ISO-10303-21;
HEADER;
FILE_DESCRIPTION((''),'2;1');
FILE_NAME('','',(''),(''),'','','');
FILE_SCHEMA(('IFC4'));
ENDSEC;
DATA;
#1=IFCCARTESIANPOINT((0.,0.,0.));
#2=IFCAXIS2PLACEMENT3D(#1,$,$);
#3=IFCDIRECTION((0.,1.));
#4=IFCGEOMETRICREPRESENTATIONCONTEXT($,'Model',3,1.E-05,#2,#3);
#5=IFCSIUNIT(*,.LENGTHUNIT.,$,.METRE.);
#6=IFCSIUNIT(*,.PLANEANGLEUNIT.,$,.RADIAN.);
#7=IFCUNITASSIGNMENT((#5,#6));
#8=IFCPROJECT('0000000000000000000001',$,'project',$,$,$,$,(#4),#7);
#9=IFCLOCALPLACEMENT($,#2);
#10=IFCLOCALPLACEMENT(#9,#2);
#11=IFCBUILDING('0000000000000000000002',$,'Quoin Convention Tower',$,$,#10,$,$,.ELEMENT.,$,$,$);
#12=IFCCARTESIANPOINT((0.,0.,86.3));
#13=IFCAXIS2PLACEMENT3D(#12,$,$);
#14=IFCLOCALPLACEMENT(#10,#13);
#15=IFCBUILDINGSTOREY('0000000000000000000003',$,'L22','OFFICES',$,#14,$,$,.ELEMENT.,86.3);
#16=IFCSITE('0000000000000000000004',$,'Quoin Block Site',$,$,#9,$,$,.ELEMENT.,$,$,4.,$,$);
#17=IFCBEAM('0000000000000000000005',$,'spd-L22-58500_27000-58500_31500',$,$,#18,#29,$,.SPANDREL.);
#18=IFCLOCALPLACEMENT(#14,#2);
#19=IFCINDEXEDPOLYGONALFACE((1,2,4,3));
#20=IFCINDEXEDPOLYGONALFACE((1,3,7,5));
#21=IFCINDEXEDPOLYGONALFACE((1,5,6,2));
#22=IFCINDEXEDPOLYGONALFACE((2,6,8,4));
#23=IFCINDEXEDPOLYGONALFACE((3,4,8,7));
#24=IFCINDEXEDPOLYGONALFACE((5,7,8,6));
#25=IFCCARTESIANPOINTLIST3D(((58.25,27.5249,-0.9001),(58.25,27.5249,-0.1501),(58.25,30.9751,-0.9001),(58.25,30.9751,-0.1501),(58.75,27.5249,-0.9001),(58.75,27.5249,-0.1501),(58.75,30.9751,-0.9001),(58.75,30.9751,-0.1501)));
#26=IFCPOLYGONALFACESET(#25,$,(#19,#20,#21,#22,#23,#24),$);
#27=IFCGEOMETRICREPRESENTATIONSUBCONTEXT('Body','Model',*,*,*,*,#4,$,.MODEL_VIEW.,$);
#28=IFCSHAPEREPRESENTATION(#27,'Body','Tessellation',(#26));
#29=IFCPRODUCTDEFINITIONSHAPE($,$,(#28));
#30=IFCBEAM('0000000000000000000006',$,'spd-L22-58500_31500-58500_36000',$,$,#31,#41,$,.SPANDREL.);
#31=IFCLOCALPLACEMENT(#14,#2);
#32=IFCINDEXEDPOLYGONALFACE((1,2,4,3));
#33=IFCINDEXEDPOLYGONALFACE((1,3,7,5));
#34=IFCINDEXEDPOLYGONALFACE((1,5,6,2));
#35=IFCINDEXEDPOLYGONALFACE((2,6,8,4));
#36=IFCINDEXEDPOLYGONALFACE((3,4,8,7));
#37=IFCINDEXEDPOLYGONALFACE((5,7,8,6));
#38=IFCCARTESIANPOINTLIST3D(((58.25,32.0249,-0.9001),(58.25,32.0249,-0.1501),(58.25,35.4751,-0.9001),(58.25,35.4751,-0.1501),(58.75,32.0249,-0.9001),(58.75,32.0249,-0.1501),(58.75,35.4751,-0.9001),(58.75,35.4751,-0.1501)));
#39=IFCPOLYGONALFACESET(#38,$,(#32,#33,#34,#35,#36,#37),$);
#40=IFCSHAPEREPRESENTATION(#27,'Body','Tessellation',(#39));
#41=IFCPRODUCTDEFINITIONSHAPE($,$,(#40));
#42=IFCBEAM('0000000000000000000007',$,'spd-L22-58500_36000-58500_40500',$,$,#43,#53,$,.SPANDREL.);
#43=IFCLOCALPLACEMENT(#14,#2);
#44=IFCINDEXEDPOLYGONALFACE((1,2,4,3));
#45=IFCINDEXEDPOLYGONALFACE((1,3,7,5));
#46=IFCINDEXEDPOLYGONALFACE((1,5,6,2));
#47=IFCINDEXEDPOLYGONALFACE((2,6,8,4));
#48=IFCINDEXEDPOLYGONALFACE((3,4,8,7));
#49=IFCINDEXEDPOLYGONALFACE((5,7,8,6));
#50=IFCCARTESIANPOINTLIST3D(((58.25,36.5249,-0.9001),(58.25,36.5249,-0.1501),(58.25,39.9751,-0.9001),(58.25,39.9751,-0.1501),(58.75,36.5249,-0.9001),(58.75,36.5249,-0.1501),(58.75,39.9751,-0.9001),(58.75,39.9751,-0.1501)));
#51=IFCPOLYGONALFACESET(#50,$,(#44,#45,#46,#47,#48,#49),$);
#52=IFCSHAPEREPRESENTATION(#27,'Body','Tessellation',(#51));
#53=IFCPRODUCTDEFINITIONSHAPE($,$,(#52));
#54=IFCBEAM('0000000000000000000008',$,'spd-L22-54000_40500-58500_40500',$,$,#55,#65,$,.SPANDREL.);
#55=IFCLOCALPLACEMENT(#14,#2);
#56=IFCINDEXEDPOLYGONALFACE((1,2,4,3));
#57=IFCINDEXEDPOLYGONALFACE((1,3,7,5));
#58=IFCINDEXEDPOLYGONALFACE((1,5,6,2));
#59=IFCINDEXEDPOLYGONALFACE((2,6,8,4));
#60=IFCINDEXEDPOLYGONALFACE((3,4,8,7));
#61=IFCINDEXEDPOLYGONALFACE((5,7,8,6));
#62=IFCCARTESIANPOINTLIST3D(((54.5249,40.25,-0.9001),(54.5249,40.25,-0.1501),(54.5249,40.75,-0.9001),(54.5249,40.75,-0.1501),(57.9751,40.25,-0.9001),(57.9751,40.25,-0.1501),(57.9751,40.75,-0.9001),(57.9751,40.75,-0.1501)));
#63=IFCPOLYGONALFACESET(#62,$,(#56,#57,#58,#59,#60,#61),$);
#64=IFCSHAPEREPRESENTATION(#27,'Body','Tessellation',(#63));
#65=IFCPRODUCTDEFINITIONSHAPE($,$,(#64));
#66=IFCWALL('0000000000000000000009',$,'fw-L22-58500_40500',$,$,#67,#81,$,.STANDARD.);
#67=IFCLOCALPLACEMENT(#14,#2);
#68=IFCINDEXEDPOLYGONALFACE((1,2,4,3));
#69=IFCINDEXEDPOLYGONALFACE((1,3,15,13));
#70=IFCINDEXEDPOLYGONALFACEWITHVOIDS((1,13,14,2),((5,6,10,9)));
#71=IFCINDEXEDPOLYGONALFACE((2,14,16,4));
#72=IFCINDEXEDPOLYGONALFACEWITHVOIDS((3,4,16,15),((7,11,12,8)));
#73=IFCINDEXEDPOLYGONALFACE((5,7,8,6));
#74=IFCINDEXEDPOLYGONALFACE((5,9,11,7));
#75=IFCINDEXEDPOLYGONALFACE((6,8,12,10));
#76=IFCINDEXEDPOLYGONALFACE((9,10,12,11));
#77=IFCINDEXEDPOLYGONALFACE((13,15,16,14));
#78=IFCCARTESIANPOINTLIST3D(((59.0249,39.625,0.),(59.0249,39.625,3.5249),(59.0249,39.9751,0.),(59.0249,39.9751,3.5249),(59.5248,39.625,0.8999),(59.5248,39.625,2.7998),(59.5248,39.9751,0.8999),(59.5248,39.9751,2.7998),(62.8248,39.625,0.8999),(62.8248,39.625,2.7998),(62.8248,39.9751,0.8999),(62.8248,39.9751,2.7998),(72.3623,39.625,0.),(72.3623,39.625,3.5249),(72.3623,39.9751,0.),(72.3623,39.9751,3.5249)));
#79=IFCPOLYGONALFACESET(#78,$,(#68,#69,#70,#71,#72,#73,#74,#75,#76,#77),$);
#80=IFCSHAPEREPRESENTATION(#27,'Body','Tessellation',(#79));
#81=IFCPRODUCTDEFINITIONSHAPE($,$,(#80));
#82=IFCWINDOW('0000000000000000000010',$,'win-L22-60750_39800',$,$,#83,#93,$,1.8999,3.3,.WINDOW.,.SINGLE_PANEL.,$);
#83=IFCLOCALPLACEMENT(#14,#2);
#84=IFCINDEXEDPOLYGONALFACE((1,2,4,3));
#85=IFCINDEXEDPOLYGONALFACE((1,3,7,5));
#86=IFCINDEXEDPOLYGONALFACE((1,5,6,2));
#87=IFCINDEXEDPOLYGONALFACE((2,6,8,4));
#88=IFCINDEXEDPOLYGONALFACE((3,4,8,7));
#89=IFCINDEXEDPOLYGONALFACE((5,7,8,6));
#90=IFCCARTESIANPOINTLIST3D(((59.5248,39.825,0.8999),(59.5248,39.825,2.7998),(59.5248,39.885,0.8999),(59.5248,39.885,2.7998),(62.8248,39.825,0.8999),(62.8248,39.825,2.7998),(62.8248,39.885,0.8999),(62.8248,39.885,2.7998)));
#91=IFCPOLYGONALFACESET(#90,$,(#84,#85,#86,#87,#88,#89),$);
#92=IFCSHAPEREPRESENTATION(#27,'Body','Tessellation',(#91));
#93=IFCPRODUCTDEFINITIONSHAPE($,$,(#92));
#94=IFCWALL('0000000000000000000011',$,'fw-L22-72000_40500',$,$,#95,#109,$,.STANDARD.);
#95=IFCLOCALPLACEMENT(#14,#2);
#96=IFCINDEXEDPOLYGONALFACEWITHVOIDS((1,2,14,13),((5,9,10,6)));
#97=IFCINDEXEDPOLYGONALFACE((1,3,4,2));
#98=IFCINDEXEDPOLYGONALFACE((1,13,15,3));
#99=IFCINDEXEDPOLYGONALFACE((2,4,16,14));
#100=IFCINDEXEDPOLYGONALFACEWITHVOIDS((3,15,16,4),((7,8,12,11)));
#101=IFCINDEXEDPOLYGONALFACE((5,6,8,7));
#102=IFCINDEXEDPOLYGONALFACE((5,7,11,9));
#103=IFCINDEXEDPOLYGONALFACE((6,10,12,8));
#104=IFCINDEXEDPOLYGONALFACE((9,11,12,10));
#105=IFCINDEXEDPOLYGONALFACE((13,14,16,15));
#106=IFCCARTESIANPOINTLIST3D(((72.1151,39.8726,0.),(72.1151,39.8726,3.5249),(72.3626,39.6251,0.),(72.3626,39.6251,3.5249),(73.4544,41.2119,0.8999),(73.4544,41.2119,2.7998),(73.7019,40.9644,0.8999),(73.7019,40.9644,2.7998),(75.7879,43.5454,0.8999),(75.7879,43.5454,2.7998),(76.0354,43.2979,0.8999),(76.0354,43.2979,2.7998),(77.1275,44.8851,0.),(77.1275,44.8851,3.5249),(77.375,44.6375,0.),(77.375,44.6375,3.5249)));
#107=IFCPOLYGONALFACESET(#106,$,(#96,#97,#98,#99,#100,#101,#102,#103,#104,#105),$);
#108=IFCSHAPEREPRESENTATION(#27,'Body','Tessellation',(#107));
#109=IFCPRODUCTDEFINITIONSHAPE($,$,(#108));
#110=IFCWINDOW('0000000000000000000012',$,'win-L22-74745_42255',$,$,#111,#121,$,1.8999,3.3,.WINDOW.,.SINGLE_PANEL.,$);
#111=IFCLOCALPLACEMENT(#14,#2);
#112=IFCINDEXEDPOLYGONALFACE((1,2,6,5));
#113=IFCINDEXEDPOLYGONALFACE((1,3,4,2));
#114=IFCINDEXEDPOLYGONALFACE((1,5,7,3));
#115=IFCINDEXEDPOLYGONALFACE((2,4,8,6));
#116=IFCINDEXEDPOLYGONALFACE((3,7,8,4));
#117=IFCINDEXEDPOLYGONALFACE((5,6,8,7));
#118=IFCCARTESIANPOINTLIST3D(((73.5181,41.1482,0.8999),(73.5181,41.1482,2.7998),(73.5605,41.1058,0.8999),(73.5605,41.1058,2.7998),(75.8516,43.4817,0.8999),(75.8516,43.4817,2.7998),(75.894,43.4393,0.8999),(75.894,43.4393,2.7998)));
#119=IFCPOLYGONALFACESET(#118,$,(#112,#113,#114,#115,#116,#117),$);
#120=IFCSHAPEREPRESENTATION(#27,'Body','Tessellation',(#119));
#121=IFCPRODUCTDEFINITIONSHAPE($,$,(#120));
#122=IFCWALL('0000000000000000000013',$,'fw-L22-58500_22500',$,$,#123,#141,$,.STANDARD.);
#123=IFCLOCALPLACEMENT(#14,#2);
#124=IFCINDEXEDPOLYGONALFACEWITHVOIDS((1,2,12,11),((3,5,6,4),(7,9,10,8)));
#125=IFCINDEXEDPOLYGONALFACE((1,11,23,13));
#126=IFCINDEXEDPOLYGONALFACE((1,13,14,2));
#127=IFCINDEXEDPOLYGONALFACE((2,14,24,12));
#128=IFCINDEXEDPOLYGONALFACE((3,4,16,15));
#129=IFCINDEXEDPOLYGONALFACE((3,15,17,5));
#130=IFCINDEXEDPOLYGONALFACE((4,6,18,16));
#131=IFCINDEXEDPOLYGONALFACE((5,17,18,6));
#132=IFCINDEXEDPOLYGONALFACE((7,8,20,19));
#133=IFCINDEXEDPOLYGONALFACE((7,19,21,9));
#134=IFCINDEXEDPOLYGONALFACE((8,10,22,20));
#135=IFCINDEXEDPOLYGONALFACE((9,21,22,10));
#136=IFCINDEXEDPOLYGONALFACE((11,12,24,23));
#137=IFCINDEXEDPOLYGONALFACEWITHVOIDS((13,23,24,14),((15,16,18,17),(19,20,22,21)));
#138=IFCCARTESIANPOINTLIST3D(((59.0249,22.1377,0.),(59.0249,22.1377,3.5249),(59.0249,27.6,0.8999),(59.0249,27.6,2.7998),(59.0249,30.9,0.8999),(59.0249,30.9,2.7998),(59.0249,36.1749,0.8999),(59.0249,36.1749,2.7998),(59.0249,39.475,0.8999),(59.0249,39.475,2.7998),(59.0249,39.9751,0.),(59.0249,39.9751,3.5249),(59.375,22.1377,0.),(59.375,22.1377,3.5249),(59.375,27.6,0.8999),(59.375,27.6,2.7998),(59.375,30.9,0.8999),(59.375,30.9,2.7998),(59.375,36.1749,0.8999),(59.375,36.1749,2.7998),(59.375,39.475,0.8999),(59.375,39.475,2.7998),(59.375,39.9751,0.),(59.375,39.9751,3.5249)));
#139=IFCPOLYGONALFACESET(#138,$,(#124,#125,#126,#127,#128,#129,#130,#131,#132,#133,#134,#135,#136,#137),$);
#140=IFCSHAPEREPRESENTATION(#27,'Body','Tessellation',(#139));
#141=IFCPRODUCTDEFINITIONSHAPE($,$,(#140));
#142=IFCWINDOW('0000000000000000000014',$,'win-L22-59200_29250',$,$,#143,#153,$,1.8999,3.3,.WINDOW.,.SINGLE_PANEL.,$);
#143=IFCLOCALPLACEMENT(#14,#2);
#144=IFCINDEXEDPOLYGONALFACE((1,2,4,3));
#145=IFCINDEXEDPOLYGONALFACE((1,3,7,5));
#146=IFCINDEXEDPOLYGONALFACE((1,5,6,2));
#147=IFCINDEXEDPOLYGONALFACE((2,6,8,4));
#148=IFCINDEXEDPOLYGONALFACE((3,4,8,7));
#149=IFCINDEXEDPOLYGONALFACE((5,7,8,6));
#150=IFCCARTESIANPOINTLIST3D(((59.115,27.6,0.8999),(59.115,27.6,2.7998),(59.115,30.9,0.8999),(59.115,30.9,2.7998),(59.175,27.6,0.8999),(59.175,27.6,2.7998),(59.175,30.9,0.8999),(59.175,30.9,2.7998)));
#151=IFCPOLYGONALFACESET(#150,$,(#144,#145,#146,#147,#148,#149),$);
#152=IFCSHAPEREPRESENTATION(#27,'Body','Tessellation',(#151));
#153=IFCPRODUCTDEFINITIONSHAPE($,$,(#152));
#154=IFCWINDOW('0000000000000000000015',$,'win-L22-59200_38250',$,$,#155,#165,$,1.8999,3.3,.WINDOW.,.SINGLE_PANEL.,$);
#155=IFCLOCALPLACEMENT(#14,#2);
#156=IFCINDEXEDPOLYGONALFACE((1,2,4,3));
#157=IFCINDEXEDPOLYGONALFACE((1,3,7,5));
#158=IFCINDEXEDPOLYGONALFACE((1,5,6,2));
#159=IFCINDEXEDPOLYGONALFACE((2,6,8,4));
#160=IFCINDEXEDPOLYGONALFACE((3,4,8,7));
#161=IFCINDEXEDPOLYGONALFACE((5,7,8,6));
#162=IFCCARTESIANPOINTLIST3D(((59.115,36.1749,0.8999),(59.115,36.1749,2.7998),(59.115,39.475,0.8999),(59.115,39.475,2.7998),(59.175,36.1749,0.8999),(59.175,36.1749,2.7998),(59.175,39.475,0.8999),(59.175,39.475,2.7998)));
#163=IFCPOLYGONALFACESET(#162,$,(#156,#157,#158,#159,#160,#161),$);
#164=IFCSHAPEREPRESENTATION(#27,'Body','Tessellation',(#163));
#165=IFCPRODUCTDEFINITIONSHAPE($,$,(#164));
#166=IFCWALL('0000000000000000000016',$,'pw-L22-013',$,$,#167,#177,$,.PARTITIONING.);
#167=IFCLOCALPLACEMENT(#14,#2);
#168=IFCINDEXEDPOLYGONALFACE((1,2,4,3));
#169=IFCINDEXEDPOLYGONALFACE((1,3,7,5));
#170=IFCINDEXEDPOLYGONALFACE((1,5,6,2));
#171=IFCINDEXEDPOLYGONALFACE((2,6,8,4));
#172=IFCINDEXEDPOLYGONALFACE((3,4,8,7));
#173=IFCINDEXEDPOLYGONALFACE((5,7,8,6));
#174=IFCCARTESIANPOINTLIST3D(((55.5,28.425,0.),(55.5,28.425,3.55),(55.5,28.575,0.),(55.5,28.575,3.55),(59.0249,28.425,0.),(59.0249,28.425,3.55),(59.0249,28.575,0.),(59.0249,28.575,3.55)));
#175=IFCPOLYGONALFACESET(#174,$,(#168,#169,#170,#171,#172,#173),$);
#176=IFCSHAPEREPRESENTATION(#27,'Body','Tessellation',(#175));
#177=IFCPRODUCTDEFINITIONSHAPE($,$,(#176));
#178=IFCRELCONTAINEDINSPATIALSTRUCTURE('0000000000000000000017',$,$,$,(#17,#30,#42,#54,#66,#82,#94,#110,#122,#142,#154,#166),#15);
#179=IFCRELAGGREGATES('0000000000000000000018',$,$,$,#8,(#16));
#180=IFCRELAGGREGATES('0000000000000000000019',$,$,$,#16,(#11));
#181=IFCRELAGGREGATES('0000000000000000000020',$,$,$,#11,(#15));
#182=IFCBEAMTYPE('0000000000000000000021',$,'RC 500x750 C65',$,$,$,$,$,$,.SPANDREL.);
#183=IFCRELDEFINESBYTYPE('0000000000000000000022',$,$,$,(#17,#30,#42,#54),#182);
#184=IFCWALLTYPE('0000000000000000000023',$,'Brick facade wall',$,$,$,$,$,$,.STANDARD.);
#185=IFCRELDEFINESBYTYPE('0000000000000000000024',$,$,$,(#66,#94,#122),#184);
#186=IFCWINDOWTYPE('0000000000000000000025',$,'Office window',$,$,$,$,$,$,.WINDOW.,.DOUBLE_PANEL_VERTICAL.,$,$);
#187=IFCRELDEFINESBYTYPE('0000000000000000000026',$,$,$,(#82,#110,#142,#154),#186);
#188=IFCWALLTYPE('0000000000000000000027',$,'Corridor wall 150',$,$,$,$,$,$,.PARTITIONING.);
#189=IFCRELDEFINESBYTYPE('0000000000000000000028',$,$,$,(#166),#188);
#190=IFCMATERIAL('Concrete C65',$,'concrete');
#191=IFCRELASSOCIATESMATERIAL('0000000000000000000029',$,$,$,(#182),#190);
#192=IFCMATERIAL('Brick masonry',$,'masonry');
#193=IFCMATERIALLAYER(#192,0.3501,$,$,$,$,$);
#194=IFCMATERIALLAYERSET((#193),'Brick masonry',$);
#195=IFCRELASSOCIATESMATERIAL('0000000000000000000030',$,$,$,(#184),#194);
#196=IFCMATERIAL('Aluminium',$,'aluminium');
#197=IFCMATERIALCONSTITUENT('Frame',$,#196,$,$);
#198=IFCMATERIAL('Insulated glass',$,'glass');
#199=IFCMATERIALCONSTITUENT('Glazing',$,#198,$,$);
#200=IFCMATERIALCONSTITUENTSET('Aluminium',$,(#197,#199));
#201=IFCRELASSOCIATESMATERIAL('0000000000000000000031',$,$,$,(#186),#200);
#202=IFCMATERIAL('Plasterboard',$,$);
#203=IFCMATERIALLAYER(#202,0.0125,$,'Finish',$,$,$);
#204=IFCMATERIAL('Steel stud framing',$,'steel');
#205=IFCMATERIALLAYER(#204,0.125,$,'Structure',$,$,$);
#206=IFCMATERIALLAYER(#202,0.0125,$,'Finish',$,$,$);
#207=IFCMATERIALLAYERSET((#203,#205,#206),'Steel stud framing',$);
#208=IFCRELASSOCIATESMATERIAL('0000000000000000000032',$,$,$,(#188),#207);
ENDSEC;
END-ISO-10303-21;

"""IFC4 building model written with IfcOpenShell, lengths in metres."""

from ifc_helpers import new_model, si_unit, direction, frame, frame_2d, origin, origin_2d, place, context, subcontext, project, spatial, rectangle, extrude, material, layer, layer_set, constituent, constituent_set, material_profile, profile_set, type_object, element, fill, save


model = new_model("IFC4")

# Units and contexts
model_context = context("Model", 3, precision=1e-05, world=origin(), true_north=direction((0.0, 1.0)))
body_context = subcontext(model_context, "Body", "Model", "MODEL_VIEW")
ifc_project = project(units=[si_unit("LENGTHUNIT", "METRE"), si_unit("PLANEANGLEUNIT", "RADIAN")], contexts=[model_context])

# Site, building, storey
site_placement = place(None, origin())
site = spatial("IfcSite", under=ifc_project, at=site_placement, Name="Quoin Block Site", CompositionType="ELEMENT", RefElevation=4.0)
building_placement = place(site_placement, origin())
building = spatial("IfcBuilding", under=site, at=building_placement, Name="Quoin Convention Tower", CompositionType="ELEMENT")
storey_placement = place(building_placement, frame((0.0, 0.0, 86.3)))
storey = spatial("IfcBuildingStorey", under=building, at=storey_placement, Name="L22", Description="OFFICES", CompositionType="ELEMENT", Elevation=86.3)

# Shared definitions
ifc_material_1 = material(Name="Concrete C65", Category="concrete")

# Beams
ifc_material_profile_1 = material_profile(ifc_material_1, rectangle(XDim=0.5, YDim=0.75, at=origin_2d()), Name="RC 500x750")
ifc_profile_set_1 = profile_set([ifc_material_profile_1], Name="Concrete C65")
beam_type_1 = type_object("IfcBeamType", Name="RC 500x750 C65", PredefinedType="SPANDREL", material=ifc_profile_set_1)
for number, where, z_axis, x_axis, name in (
    (1, (58.5, 27.5249, -0.5251), (0.0, 1.0, 0.0), (-1.0, 0.0, 0.0), "spd-L22-58500_27000-58500_31500"),
    (2, (58.5, 32.0249, -0.5251), (0.0, 1.0, 0.0), (-1.0, 0.0, 0.0), "spd-L22-58500_31500-58500_36000"),
    (3, (58.5, 36.5249, -0.5251), (0.0, 1.0, 0.0), (-1.0, 0.0, 0.0), "spd-L22-58500_36000-58500_40500"),
    (4, (54.5249, 40.5, -0.5251), (1.0, 0.0, 0.0), (0.0, 1.0, 0.0), "spd-L22-54000_40500-58500_40500"),
):
    element("IfcBeam", number, at=place(storey_placement, frame(where, z_axis=z_axis, x_axis=x_axis)), inside=storey, type_object=beam_type_1, Name=name, PredefinedType="SPANDREL", context=body_context, shape_type="SweptSolid", body=[
        extrude(rectangle(XDim=0.5, YDim=0.75, at=origin_2d()), origin(), (0.0, 0.0, 1.0), 3.4502),
    ])

# Walls, openings, windows
ifc_material_2 = material(Name="Brick masonry", Category="masonry")
ifc_layer_1 = layer(ifc_material_2, 0.3501)
ifc_layer_set_1 = layer_set([ifc_layer_1], Name="Brick masonry")
wall_type_1 = type_object("IfcWallType", Name="Brick facade wall", PredefinedType="STANDARD", material=ifc_layer_set_1)
wall_1_placement = place(storey_placement, frame((59.0249, 39.8, 0.0), z_axis=(0.0, 0.0, 1.0), x_axis=(1.0, 0.0, 0.0)))
wall_1 = element("IfcWall", 5, at=wall_1_placement, inside=storey, type_object=wall_type_1, Name="fw-L22-58500_40500", PredefinedType="STANDARD", context=body_context, shape_type="SweptSolid", body=[
    extrude(rectangle(XDim=13.3374, YDim=0.3501, at=frame_2d((6.6687, 0.0))), origin(), (0.0, 0.0, 1.0), 3.5249),
])
opening_1_placement = place(wall_1_placement, frame((0.5, 0.0, 0.8999)))
opening_1 = element("IfcOpeningElement", 6, at=opening_1_placement, cuts=wall_1, PredefinedType="OPENING", context=body_context, shape_type="SweptSolid", body=[
    extrude(rectangle(XDim=3.3, YDim=1.8999, at=frame_2d((1.6499, 0.95))), frame((0.0, 0.1851, 0.0), z_axis=(0.0, -1.0, 0.0), x_axis=(1.0, 0.0, 0.0)), (0.0, 0.0, 1.0), 0.3701),
])
ifc_material_3 = material(Name="Aluminium", Category="aluminium")
ifc_constituent_1 = constituent(ifc_material_3, Name="Frame")
ifc_material_4 = material(Name="Insulated glass", Category="glass")
ifc_constituent_2 = constituent(ifc_material_4, Name="Glazing")
ifc_constituent_set = constituent_set(constituents=[ifc_constituent_1, ifc_constituent_2], Name="Aluminium")
window_type = type_object("IfcWindowType", Name="Office window", PartitioningType="DOUBLE_PANEL_VERTICAL", PredefinedType="WINDOW", material=ifc_constituent_set)
window_1_placement = place(opening_1_placement, origin())
window_1 = element("IfcWindow", 7, at=window_1_placement, inside=storey, type_object=window_type, Name="win-L22-60750_39800", OverallHeight=1.8999, OverallWidth=3.3, PartitioningType="SINGLE_PANEL", PredefinedType="WINDOW", context=body_context, shape_type="SweptSolid", body=[
    extrude(rectangle(XDim=3.3, YDim=1.8999, at=frame_2d((1.6499, 0.95))), frame((0.0, 0.085, 0.0), z_axis=(0.0, -1.0, 0.0), x_axis=(1.0, 0.0, 0.0)), (0.0, 0.0, 1.0), 0.0601),
])
fill(opening_1, window_1)
wall_2_placement = place(storey_placement, frame((72.2388, 39.7488, 0.0), z_axis=(0.0, 0.0, 1.0), x_axis=(0.707107, 0.707107, 0.0)))
wall_2 = element("IfcWall", 8, at=wall_2_placement, inside=storey, type_object=wall_type_1, Name="fw-L22-72000_40500", PredefinedType="STANDARD", context=body_context, shape_type="SweptSolid", body=[
    extrude(rectangle(XDim=7.0886, YDim=0.3501, at=frame_2d((3.5444, 0.0))), origin(), (0.0, 0.0, 1.0), 3.5249),
])
opening_2_placement = place(wall_2_placement, frame((1.8943, 0.0, 0.8999)))
opening_2 = element("IfcOpeningElement", 9, at=opening_2_placement, cuts=wall_2, PredefinedType="OPENING", context=body_context, shape_type="SweptSolid", body=[
    extrude(rectangle(XDim=3.3, YDim=1.8999, at=frame_2d((1.6499, 0.95))), frame((0.0, 0.1851, 0.0), z_axis=(0.0, -1.0, 0.0), x_axis=(1.0, 0.0, 0.0)), (0.0, 0.0, 1.0), 0.3701),
])
window_2_placement = place(opening_2_placement, origin())
window_2 = element("IfcWindow", 10, at=window_2_placement, inside=storey, type_object=window_type, Name="win-L22-74745_42255", OverallHeight=1.8999, OverallWidth=3.3, PartitioningType="SINGLE_PANEL", PredefinedType="WINDOW", context=body_context, shape_type="SweptSolid", body=[
    extrude(rectangle(XDim=3.3, YDim=1.8999, at=frame_2d((1.6499, 0.95))), frame((0.0, 0.085, 0.0), z_axis=(0.0, -1.0, 0.0), x_axis=(1.0, 0.0, 0.0)), (0.0, 0.0, 1.0), 0.0601),
])
fill(opening_2, window_2)

# Wall, openings, windows
wall_3_placement = place(storey_placement, frame((59.2, 22.1377, 0.0), z_axis=(0.0, 0.0, 1.0), x_axis=(0.0, 1.0, 0.0)))
wall_3 = element("IfcWall", 11, at=wall_3_placement, inside=storey, type_object=wall_type_1, Name="fw-L22-58500_22500", PredefinedType="STANDARD", context=body_context, shape_type="SweptSolid", body=[
    extrude(rectangle(XDim=17.8374, YDim=0.3501, at=frame_2d((8.9187, 0.0))), origin(), (0.0, 0.0, 1.0), 3.5249),
])
opening_3_placement = place(wall_3_placement, frame((5.4624, 0.0, 0.8999)))
opening_3 = element("IfcOpeningElement", 12, at=opening_3_placement, cuts=wall_3, PredefinedType="OPENING", context=body_context, shape_type="SweptSolid", body=[
    extrude(rectangle(XDim=3.3, YDim=1.8999, at=frame_2d((1.6499, 0.95))), frame((0.0, 0.1851, 0.0), z_axis=(0.0, -1.0, 0.0), x_axis=(1.0, 0.0, 0.0)), (0.0, 0.0, 1.0), 0.3701),
])
opening_4_placement = place(wall_3_placement, frame((14.0374, 0.0, 0.8999)))
opening_4 = element("IfcOpeningElement", 13, at=opening_4_placement, cuts=wall_3, PredefinedType="OPENING", context=body_context, shape_type="SweptSolid", body=[
    extrude(rectangle(XDim=3.3, YDim=1.8999, at=frame_2d((1.6499, 0.95))), frame((0.0, 0.1851, 0.0), z_axis=(0.0, -1.0, 0.0), x_axis=(1.0, 0.0, 0.0)), (0.0, 0.0, 1.0), 0.3701),
])
window_3_placement = place(opening_3_placement, origin())
window_3 = element("IfcWindow", 14, at=window_3_placement, inside=storey, type_object=window_type, Name="win-L22-59200_29250", OverallHeight=1.8999, OverallWidth=3.3, PartitioningType="SINGLE_PANEL", PredefinedType="WINDOW", context=body_context, shape_type="SweptSolid", body=[
    extrude(rectangle(XDim=3.3, YDim=1.8999, at=frame_2d((1.6499, 0.95))), frame((0.0, 0.085, 0.0), z_axis=(0.0, -1.0, 0.0), x_axis=(1.0, 0.0, 0.0)), (0.0, 0.0, 1.0), 0.0601),
])
fill(opening_3, window_3)
window_4_placement = place(opening_4_placement, origin())
window_4 = element("IfcWindow", 15, at=window_4_placement, inside=storey, type_object=window_type, Name="win-L22-59200_38250", OverallHeight=1.8999, OverallWidth=3.3, PartitioningType="SINGLE_PANEL", PredefinedType="WINDOW", context=body_context, shape_type="SweptSolid", body=[
    extrude(rectangle(XDim=3.3, YDim=1.8999, at=frame_2d((1.6499, 0.95))), frame((0.0, 0.085, 0.0), z_axis=(0.0, -1.0, 0.0), x_axis=(1.0, 0.0, 0.0)), (0.0, 0.0, 1.0), 0.0601),
])
fill(opening_4, window_4)

# Wall
ifc_material_5 = material(Name="Plasterboard")
ifc_layer_2 = layer(ifc_material_5, 0.0125, Name="Finish")
ifc_material_6 = material(Name="Steel stud framing", Category="steel")
ifc_layer_3 = layer(ifc_material_6, 0.125, Name="Structure")
ifc_layer_4 = layer(ifc_material_5, 0.0125, Name="Finish")
ifc_layer_set_2 = layer_set([ifc_layer_2, ifc_layer_3, ifc_layer_4], Name="Steel stud framing")
wall_type_2 = type_object("IfcWallType", Name="Corridor wall 150", PredefinedType="PARTITIONING", material=ifc_layer_set_2)
wall_4_placement = place(storey_placement, frame((55.5, 28.5, 0.0), z_axis=(0.0, 0.0, 1.0), x_axis=(1.0, 0.0, 0.0)))
element("IfcWall", 16, at=wall_4_placement, inside=storey, type_object=wall_type_2, Name="pw-L22-013", PredefinedType="PARTITIONING", context=body_context, shape_type="SweptSolid", body=[
    extrude(rectangle(XDim=3.5249, YDim=0.1499, at=frame_2d((1.7625, 0.0))), origin(), (0.0, 0.0, 1.0), 3.55),
])

save(model, "model.ifc")
